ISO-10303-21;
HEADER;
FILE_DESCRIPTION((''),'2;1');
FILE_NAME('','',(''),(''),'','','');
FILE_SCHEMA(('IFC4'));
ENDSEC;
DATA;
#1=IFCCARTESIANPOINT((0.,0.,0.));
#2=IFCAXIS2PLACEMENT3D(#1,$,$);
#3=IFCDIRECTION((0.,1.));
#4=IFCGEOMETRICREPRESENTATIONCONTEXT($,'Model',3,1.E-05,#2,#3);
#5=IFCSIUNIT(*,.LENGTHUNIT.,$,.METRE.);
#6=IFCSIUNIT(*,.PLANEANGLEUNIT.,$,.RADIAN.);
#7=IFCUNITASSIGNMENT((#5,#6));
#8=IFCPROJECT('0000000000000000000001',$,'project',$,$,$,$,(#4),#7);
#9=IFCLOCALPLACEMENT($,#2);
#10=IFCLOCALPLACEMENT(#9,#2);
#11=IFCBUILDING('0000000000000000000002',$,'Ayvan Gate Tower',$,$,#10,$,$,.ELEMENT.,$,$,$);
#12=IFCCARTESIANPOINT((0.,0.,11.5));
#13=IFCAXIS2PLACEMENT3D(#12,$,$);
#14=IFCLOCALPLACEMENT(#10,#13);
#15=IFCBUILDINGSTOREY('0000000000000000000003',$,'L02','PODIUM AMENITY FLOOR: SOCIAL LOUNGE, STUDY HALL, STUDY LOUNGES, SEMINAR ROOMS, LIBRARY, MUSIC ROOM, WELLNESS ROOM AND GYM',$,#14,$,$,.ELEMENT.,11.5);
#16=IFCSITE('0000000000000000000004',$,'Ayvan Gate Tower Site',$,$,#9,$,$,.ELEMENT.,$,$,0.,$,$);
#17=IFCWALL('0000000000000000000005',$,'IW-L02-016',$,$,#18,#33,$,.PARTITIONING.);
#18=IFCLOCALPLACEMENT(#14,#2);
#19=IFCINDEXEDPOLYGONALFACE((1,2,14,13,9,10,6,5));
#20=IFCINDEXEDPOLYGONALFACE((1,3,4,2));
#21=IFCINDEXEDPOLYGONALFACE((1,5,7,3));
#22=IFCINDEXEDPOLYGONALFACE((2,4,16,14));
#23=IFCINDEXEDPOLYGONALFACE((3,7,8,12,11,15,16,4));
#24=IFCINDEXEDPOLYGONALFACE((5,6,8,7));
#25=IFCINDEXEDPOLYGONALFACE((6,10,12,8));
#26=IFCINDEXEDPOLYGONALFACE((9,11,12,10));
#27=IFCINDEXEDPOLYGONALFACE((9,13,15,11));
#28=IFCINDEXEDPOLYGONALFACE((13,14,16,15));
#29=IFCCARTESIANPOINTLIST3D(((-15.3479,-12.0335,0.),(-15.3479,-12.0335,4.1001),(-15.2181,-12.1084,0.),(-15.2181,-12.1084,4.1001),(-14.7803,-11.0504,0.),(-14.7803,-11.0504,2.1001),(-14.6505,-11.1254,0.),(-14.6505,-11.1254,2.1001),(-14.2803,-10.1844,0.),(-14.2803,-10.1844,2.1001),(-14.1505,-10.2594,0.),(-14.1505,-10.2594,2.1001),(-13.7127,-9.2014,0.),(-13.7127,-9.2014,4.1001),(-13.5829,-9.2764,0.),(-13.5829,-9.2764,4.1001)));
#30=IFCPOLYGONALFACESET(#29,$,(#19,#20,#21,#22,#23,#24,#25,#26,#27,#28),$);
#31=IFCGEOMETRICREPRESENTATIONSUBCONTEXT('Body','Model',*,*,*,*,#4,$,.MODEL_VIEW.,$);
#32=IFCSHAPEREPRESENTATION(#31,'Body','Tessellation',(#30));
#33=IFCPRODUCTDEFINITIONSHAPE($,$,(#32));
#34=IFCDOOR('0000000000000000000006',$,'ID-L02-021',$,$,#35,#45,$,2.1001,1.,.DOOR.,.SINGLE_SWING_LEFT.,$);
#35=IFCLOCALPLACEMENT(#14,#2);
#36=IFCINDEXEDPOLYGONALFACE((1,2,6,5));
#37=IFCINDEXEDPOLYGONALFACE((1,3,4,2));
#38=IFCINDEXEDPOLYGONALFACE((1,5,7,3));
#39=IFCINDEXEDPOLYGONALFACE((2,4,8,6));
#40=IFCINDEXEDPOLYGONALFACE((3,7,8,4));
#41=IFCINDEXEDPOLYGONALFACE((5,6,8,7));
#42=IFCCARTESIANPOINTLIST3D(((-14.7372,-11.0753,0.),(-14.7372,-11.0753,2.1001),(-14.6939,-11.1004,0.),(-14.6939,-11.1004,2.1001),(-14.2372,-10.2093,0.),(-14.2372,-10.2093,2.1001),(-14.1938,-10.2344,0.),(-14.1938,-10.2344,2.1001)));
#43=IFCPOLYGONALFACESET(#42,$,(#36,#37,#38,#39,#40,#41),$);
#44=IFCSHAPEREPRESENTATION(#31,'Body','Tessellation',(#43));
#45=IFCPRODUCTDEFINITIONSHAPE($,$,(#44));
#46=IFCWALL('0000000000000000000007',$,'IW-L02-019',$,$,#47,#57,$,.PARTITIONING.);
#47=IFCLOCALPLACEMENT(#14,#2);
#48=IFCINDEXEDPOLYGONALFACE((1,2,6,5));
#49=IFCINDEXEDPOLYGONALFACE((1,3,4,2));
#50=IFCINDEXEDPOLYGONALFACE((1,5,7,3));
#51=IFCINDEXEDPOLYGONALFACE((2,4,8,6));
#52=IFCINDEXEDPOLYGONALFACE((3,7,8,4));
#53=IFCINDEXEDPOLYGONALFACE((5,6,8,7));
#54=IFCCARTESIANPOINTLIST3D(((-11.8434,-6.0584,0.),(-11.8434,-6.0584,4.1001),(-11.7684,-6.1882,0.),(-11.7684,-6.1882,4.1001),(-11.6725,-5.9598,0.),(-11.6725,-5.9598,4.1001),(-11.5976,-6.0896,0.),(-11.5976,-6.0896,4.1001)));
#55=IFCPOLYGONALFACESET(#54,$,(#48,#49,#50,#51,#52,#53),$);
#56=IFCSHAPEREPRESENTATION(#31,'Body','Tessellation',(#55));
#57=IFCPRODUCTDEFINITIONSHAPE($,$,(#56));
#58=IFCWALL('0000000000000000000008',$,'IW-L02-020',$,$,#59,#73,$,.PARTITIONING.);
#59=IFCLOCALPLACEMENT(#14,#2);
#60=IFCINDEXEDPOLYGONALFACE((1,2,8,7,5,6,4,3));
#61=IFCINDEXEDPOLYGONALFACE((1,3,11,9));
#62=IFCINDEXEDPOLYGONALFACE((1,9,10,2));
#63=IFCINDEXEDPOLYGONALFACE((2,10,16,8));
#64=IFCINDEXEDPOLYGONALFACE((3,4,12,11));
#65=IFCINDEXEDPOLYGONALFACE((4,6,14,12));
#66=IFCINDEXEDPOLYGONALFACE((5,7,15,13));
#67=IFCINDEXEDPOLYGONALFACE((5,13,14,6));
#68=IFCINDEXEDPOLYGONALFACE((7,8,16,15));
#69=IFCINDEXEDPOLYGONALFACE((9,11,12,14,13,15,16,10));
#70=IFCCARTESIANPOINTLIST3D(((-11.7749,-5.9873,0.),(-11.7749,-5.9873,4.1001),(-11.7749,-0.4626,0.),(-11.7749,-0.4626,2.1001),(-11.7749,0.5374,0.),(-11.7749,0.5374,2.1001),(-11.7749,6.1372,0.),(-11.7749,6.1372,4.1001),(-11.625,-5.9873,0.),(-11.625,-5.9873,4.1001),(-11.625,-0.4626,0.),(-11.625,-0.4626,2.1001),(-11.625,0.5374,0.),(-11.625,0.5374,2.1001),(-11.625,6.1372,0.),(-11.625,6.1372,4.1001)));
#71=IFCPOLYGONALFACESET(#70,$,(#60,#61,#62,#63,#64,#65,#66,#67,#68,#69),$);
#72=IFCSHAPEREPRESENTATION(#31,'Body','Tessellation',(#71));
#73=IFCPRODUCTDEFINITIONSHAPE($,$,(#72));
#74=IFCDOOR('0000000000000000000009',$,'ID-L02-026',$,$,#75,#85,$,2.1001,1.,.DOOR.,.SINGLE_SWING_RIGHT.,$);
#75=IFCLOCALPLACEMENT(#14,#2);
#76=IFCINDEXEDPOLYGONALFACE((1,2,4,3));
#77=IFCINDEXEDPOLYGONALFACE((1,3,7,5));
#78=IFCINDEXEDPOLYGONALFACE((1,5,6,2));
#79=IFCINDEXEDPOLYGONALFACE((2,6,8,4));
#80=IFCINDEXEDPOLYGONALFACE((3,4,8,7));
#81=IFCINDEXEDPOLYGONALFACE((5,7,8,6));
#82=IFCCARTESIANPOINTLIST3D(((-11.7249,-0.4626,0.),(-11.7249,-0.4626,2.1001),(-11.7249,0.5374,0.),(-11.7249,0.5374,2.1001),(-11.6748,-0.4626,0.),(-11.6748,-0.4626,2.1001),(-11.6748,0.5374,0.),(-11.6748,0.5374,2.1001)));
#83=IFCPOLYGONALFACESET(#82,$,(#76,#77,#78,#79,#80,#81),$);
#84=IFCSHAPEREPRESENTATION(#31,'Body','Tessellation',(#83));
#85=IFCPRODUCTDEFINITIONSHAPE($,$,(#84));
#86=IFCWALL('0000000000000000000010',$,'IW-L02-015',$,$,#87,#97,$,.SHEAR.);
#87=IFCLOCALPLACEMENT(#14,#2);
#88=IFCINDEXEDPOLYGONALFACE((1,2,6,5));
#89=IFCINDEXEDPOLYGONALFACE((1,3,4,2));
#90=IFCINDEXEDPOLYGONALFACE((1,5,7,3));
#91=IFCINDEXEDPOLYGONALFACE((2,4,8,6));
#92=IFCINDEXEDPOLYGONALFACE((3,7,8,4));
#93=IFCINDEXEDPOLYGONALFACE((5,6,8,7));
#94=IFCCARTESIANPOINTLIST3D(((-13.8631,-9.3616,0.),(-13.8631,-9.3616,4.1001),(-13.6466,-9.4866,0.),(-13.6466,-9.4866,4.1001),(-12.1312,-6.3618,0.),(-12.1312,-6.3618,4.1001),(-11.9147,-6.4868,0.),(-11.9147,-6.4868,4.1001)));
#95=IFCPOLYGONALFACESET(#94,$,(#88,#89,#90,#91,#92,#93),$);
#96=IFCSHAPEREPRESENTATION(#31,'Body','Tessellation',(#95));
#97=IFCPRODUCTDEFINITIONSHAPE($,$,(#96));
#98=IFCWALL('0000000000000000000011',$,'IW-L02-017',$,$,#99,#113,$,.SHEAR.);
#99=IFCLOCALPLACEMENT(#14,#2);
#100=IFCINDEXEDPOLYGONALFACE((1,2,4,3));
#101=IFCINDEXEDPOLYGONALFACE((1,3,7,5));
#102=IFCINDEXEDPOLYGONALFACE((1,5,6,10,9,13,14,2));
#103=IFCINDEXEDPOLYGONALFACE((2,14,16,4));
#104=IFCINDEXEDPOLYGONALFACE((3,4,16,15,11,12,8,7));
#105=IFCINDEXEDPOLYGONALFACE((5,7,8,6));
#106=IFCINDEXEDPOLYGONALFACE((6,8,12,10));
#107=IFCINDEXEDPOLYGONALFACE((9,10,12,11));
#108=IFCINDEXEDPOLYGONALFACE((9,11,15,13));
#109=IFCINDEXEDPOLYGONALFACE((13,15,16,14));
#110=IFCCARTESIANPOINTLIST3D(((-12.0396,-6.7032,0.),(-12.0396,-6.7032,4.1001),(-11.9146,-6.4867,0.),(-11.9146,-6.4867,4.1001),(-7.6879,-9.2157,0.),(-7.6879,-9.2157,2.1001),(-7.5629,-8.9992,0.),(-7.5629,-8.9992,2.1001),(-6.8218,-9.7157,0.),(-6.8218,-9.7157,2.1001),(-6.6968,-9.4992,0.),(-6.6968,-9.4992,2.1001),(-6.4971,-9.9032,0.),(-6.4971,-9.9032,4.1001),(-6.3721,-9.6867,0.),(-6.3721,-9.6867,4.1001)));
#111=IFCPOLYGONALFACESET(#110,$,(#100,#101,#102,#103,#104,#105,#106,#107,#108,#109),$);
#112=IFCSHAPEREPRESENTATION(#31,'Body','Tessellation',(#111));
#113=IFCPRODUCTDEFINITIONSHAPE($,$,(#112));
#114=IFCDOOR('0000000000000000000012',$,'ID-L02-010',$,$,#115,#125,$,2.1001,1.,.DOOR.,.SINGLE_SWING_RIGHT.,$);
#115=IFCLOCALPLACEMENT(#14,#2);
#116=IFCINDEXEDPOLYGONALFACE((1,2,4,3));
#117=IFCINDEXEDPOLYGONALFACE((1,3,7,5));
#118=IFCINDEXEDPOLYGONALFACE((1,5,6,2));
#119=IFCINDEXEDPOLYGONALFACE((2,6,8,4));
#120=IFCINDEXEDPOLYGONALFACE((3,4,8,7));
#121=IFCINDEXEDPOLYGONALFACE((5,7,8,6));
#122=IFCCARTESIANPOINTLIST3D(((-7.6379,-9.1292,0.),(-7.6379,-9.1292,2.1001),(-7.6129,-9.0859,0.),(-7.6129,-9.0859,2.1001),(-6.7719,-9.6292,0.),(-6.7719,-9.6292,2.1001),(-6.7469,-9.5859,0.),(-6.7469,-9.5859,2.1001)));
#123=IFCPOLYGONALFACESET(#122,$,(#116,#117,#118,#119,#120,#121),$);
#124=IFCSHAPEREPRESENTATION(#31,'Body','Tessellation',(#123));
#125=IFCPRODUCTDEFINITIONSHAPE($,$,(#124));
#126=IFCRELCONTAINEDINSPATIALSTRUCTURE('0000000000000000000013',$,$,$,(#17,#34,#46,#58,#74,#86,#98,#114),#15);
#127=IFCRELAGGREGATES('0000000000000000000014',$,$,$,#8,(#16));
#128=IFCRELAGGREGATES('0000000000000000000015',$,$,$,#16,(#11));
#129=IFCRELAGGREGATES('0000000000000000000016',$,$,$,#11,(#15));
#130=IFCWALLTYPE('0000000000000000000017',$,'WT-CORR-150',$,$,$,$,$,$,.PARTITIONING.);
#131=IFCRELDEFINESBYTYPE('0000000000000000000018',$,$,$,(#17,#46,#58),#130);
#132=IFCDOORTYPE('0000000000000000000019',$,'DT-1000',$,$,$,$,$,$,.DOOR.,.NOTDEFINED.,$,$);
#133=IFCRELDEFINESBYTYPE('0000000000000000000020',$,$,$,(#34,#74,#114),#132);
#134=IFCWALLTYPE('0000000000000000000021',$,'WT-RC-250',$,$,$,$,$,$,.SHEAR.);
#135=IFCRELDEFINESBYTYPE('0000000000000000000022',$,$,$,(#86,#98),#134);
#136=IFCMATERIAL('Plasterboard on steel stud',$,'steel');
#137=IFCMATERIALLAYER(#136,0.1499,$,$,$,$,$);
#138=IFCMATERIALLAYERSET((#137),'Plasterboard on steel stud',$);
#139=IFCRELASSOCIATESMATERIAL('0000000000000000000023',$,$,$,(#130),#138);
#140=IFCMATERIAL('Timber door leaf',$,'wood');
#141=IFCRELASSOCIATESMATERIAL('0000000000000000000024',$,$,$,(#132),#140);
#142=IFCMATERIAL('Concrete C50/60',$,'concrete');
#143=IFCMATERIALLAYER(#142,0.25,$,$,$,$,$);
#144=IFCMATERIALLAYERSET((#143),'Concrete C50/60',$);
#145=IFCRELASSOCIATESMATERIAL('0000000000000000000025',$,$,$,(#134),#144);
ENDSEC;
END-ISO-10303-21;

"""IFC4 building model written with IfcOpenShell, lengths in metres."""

from ifc_helpers import new_model, si_unit, direction, frame, frame_2d, origin, place, context, subcontext, project, spatial, rectangle, extrude, material, layer, layer_set, type_object, element, fill, save


model = new_model("IFC4")

# Units and contexts
model_context = context("Model", 3, precision=1e-05, world=origin(), true_north=direction((0.0, 1.0)))
body_context = subcontext(model_context, "Body", "Model", "MODEL_VIEW")
ifc_project = project(units=[si_unit("LENGTHUNIT", "METRE"), si_unit("PLANEANGLEUNIT", "RADIAN")], contexts=[model_context])

# Site, building, storey
site_placement = place(None, origin())
site = spatial("IfcSite", under=ifc_project, at=site_placement, Name="Ayvan Gate Tower Site", CompositionType="ELEMENT", RefElevation=0.0)
building_placement = place(site_placement, origin())
building = spatial("IfcBuilding", under=site, at=building_placement, Name="Ayvan Gate Tower", CompositionType="ELEMENT")
storey_placement = place(building_placement, frame((0.0, 0.0, 11.5)))
storey = spatial("IfcBuildingStorey", under=building, at=storey_placement, Name="L02", Description="PODIUM AMENITY FLOOR: SOCIAL LOUNGE, STUDY HALL, STUDY LOUNGES, SEMINAR ROOMS, LIBRARY, MUSIC ROOM, WELLNESS ROOM AND GYM", CompositionType="ELEMENT", Elevation=11.5)

# Shared definitions
ifc_material_1 = material(Name="Plasterboard on steel stud", Category="steel")
ifc_layer_1 = layer(ifc_material_1, 0.1499)
ifc_layer_set_1 = layer_set([ifc_layer_1], Name="Plasterboard on steel stud")
wall_type_1 = type_object("IfcWallType", Name="WT-CORR-150", PredefinedType="PARTITIONING", material=ifc_layer_set_1)

# Wall, opening, door
wall_1_placement = place(storey_placement, frame((-13.6477, -9.2388, 0.0), z_axis=(0.0, 0.0, 1.0), x_axis=(-0.500041, -0.866002, 0.0)))
wall_1 = element("IfcWall", 1, at=wall_1_placement, inside=storey, type_object=wall_type_1, Name="IW-L02-016", PredefinedType="PARTITIONING", context=body_context, shape_type="SweptSolid", body=[
    extrude(rectangle(XDim=3.2703, YDim=0.1499, at=frame_2d((1.6353, 0.0))), origin(), (0.0, 0.0, 1.0), 4.1001),
])
opening_1_placement = place(wall_1_placement, frame((1.1353, 0.0, 0.0)))
opening_1 = element("IfcOpeningElement", 2, at=opening_1_placement, cuts=wall_1, PredefinedType="OPENING", context=body_context, shape_type="SweptSolid", body=[
    extrude(rectangle(XDim=1.0, YDim=2.1001, at=frame_2d((0.5, 1.05))), frame((0.0, 0.085, 0.0), z_axis=(0.0, -1.0, 0.0), x_axis=(1.0, 0.0, 0.0)), (0.0, 0.0, 1.0), 0.1699),
])
ifc_material_2 = material(Name="Timber door leaf", Category="wood")
door_type = type_object("IfcDoorType", Name="DT-1000", OperationType="NOTDEFINED", PredefinedType="DOOR", material=ifc_material_2)
door_1_placement = place(opening_1_placement, origin())
door_1 = element("IfcDoor", 3, at=door_1_placement, inside=storey, type_object=door_type, Name="ID-L02-021", OperationType="SINGLE_SWING_LEFT", OverallHeight=2.1001, OverallWidth=1.0, PredefinedType="DOOR", context=body_context, shape_type="SweptSolid", body=[
    extrude(rectangle(XDim=1.0, YDim=2.1001, at=frame_2d((0.5, 1.05))), frame((0.0, 0.0249, 0.0), z_axis=(0.0, -1.0, 0.0), x_axis=(1.0, 0.0, 0.0)), (0.0, 0.0, 1.0), 0.05),
])
fill(opening_1, door_1)

# Wall
wall_2_placement = place(storey_placement, frame((-11.8059, -6.1233, 0.0), z_axis=(0.0, 0.0, 1.0), x_axis=(0.866103, 0.499865, 0.0)))
element("IfcWall", 4, at=wall_2_placement, inside=storey, type_object=wall_type_1, Name="IW-L02-019", PredefinedType="PARTITIONING", context=body_context, shape_type="SweptSolid", body=[
    extrude(rectangle(XDim=0.1973, YDim=0.1499, at=frame_2d((0.0986, 0.0))), origin(), (0.0, 0.0, 1.0), 4.1001),
])

# Wall, opening, door
wall_3_placement = place(storey_placement, frame((-11.7, -5.9873, 0.0), z_axis=(0.0, 0.0, 1.0), x_axis=(0.0, 1.0, 0.0)))
wall_3 = element("IfcWall", 5, at=wall_3_placement, inside=storey, type_object=wall_type_1, Name="IW-L02-020", PredefinedType="PARTITIONING", context=body_context, shape_type="SweptSolid", body=[
    extrude(rectangle(XDim=12.1245, YDim=0.1499, at=frame_2d((6.0623, 0.0))), origin(), (0.0, 0.0, 1.0), 4.1001),
])
opening_2_placement = place(wall_3_placement, frame((5.5247, 0.0, 0.0)))
opening_2 = element("IfcOpeningElement", 6, at=opening_2_placement, cuts=wall_3, PredefinedType="OPENING", context=body_context, shape_type="SweptSolid", body=[
    extrude(rectangle(XDim=1.0, YDim=2.1001, at=frame_2d((0.5, 1.05))), frame((0.0, 0.085, 0.0), z_axis=(0.0, -1.0, 0.0), x_axis=(1.0, 0.0, 0.0)), (0.0, 0.0, 1.0), 0.1699),
])
door_2_placement = place(opening_2_placement, origin())
door_2 = element("IfcDoor", 7, at=door_2_placement, inside=storey, type_object=door_type, Name="ID-L02-026", OperationType="SINGLE_SWING_RIGHT", OverallHeight=2.1001, OverallWidth=1.0, PredefinedType="DOOR", context=body_context, shape_type="SweptSolid", body=[
    extrude(rectangle(XDim=1.0, YDim=2.1001, at=frame_2d((0.5, 1.05))), frame((0.0, 0.0249, 0.0), z_axis=(0.0, -1.0, 0.0), x_axis=(1.0, 0.0, 0.0)), (0.0, 0.0, 1.0), 0.05),
])
fill(opening_2, door_2)

# Wall
ifc_material_3 = material(Name="Concrete C50/60", Category="concrete")
ifc_layer_2 = layer(ifc_material_3, 0.25)
ifc_layer_set_2 = layer_set([ifc_layer_2], Name="Concrete C50/60")
wall_type_2 = type_object("IfcWallType", Name="WT-RC-250", PredefinedType="SHEAR", material=ifc_layer_set_2)
wall_4_placement = place(storey_placement, frame((-13.7549, -9.4241, 0.0), z_axis=(0.0, 0.0, 1.0), x_axis=(0.500005, 0.866022, 0.0)))
element("IfcWall", 8, at=wall_4_placement, inside=storey, type_object=wall_type_2, Name="IW-L02-015", PredefinedType="SHEAR", context=body_context, shape_type="SweptSolid", body=[
    extrude(rectangle(XDim=3.4639, YDim=0.25, at=frame_2d((1.7319, 0.0))), origin(), (0.0, 0.0, 1.0), 4.1001),
])

# Wall, opening, door
wall_5_placement = place(storey_placement, frame((-11.9771, -6.595, 0.0), z_axis=(0.0, 0.0, 1.0), x_axis=(0.866025, -0.5, 0.0)))
wall_5 = element("IfcWall", 9, at=wall_5_placement, inside=storey, type_object=wall_type_2, Name="IW-L02-017", PredefinedType="SHEAR", context=body_context, shape_type="SweptSolid", body=[
    extrude(rectangle(XDim=6.3999, YDim=0.25, at=frame_2d((3.2, 0.0))), origin(), (0.0, 0.0, 1.0), 4.1001),
])
opening_3_placement = place(wall_5_placement, frame((5.0249, 0.0, 0.0)))
opening_3 = element("IfcOpeningElement", 10, at=opening_3_placement, cuts=wall_5, PredefinedType="OPENING", context=body_context, shape_type="SweptSolid", body=[
    extrude(rectangle(XDim=1.0, YDim=2.1001, at=frame_2d((0.5, 1.05))), frame((0.0, 0.135, 0.0), z_axis=(0.0, -1.0, 0.0), x_axis=(1.0, 0.0, 0.0)), (0.0, 0.0, 1.0), 0.27),
])
door_3_placement = place(opening_3_placement, origin())
door_3 = element("IfcDoor", 11, at=door_3_placement, inside=storey, type_object=door_type, Name="ID-L02-010", OperationType="SINGLE_SWING_RIGHT", OverallHeight=2.1001, OverallWidth=1.0, PredefinedType="DOOR", context=body_context, shape_type="SweptSolid", body=[
    extrude(rectangle(XDim=1.0, YDim=2.1001, at=frame_2d((0.5, 1.05))), frame((0.0, 0.0249, 0.0), z_axis=(0.0, -1.0, 0.0), x_axis=(1.0, 0.0, 0.0)), (0.0, 0.0, 1.0), 0.05),
])
fill(opening_3, door_3)

save(model, "model.ifc")
